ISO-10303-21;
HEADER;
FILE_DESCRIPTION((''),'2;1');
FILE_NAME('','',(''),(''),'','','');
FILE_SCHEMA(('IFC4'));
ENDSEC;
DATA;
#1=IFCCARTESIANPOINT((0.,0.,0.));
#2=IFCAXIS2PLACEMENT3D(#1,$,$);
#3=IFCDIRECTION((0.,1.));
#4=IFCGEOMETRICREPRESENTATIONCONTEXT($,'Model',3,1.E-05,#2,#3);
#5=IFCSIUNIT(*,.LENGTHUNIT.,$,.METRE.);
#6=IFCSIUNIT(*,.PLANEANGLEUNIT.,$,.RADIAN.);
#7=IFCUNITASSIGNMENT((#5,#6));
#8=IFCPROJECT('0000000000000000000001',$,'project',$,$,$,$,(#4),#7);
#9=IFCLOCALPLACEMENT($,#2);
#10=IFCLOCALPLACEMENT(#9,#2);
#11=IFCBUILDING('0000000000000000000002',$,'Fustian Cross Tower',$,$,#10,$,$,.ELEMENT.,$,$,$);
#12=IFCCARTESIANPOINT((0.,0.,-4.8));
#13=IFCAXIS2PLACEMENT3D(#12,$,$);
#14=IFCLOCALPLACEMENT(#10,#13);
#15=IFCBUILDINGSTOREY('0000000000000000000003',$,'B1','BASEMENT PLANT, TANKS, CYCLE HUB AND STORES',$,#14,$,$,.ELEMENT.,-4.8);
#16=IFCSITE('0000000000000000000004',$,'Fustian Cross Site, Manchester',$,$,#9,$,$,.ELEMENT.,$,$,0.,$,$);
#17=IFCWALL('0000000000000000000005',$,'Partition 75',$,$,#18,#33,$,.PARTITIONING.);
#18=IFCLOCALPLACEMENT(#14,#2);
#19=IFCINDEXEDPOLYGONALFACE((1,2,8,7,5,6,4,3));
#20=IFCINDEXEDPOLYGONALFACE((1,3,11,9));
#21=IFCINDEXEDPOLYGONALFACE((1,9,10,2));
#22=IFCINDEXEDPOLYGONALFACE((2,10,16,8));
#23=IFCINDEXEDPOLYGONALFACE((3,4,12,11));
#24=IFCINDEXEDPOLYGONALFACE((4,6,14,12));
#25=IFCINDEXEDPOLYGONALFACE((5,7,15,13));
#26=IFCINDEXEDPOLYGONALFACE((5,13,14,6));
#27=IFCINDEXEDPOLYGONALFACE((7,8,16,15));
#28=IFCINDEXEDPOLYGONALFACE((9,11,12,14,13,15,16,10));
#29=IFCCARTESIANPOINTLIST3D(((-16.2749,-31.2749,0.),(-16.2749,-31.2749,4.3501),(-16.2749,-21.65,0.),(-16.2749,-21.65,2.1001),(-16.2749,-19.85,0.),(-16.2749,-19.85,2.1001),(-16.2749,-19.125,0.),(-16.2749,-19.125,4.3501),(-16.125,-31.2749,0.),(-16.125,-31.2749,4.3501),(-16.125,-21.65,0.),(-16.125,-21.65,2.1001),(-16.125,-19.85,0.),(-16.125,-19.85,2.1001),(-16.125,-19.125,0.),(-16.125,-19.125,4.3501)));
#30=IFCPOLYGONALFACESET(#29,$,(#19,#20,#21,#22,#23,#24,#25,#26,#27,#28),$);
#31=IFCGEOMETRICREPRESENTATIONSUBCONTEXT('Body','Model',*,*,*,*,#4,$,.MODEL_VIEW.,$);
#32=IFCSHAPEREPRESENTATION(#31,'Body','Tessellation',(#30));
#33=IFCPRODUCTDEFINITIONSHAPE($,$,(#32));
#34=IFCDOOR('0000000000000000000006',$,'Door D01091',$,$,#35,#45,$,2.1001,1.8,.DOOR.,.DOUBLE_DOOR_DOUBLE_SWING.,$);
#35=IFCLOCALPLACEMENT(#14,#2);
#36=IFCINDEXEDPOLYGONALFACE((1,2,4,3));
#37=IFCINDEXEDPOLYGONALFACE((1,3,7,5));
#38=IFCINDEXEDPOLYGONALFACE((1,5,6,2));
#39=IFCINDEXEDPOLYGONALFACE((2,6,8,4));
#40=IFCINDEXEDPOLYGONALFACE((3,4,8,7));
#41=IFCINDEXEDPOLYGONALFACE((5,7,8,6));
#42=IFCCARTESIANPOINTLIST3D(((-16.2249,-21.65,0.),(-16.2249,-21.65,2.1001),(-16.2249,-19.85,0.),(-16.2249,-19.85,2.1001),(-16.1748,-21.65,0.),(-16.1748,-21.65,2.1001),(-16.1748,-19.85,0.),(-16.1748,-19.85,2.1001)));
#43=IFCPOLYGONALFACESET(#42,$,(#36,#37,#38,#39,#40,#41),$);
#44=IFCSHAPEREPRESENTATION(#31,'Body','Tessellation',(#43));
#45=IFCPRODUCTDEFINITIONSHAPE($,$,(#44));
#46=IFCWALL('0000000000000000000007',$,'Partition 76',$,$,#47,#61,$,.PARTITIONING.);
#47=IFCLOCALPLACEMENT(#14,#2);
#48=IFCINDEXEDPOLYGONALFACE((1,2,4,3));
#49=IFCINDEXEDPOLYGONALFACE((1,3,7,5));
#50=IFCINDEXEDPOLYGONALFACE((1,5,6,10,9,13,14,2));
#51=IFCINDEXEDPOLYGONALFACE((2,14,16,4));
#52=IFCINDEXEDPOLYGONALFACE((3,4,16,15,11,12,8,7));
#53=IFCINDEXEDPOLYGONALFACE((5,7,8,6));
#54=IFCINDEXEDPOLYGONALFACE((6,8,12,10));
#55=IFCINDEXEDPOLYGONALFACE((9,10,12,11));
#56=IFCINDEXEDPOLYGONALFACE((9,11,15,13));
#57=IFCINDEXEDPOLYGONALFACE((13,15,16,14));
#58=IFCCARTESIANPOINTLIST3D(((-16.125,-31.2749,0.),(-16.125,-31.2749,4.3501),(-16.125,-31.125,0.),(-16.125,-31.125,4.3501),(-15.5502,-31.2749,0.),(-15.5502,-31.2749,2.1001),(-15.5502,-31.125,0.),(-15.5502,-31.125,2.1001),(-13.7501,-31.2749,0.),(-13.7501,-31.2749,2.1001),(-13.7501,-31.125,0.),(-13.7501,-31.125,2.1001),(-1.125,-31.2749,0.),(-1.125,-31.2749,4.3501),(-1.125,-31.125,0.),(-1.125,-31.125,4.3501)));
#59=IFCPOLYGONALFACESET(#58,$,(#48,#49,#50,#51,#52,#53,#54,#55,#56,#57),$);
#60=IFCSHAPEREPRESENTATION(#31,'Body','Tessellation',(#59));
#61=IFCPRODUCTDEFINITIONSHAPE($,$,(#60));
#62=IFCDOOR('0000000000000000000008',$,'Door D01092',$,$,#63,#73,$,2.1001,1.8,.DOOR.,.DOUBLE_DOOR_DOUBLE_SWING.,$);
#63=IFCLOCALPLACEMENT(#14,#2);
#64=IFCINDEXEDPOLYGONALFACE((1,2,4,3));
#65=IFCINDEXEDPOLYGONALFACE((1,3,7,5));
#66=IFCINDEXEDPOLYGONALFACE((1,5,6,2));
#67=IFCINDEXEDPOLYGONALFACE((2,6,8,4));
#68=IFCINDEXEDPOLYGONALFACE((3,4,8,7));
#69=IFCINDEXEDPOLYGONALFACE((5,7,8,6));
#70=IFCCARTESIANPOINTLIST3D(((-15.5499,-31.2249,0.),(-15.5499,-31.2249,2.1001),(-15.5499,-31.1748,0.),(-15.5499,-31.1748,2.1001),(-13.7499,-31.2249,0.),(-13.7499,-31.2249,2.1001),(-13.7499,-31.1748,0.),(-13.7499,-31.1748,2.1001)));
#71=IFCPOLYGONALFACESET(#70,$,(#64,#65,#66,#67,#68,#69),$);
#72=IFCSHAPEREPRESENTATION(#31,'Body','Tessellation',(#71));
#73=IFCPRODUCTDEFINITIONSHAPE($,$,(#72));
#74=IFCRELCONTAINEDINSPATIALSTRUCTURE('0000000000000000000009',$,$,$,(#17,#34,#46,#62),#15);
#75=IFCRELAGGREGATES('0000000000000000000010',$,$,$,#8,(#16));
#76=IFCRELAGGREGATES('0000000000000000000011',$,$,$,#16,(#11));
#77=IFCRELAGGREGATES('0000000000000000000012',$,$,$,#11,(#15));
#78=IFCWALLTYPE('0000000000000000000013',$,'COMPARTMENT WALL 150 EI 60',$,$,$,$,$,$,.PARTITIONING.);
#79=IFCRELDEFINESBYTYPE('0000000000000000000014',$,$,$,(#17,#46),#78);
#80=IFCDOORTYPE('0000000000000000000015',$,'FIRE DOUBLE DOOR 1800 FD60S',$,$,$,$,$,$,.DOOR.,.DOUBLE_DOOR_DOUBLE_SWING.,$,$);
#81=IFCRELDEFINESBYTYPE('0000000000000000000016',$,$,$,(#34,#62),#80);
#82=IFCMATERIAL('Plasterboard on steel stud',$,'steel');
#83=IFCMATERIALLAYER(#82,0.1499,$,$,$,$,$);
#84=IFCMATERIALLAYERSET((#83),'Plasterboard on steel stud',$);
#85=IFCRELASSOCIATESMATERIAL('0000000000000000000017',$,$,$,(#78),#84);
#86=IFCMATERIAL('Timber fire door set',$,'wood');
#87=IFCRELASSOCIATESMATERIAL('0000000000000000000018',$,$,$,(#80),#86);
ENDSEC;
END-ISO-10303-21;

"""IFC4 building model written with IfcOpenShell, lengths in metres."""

from ifc_helpers import new_model, si_unit, direction, frame, frame_2d, origin, place, context, subcontext, project, spatial, rectangle, extrude, material, layer, layer_set, type_object, element, fill, save


model = new_model("IFC4")

# Units and contexts
model_context = context("Model", 3, precision=1e-05, world=origin(), true_north=direction((0.0, 1.0)))
body_context = subcontext(model_context, "Body", "Model", "MODEL_VIEW")
ifc_project = project(units=[si_unit("LENGTHUNIT", "METRE"), si_unit("PLANEANGLEUNIT", "RADIAN")], contexts=[model_context])

# Site, building, storey
site_placement = place(None, origin())
site = spatial("IfcSite", under=ifc_project, at=site_placement, Name="Fustian Cross Site, Manchester", CompositionType="ELEMENT", RefElevation=0.0)
building_placement = place(site_placement, origin())
building = spatial("IfcBuilding", under=site, at=building_placement, Name="Fustian Cross Tower", CompositionType="ELEMENT")
storey_placement = place(building_placement, frame((0.0, 0.0, -4.8)))
storey = spatial("IfcBuildingStorey", under=building, at=storey_placement, Name="B1", Description="BASEMENT PLANT, TANKS, CYCLE HUB AND STORES", CompositionType="ELEMENT", Elevation=-4.8)

# Walls, openings, doors
ifc_material_1 = material(Name="Plasterboard on steel stud", Category="steel")
ifc_layer = layer(ifc_material_1, 0.1499)
ifc_layer_set = layer_set([ifc_layer], Name="Plasterboard on steel stud")
wall_type = type_object("IfcWallType", Name="COMPARTMENT WALL 150 EI 60", PredefinedType="PARTITIONING", material=ifc_layer_set)
ifc_material_2 = material(Name="Timber fire door set", Category="wood")
door_type_1 = type_object("IfcDoorType", Name="FIRE DOUBLE DOOR 1800 FD60S", OperationType="DOUBLE_DOOR_DOUBLE_SWING", PredefinedType="DOOR", material=ifc_material_2)
wall_1_placement = place(storey_placement, frame((-16.2, -31.2749, 0.0), z_axis=(0.0, 0.0, 1.0), x_axis=(0.0, 1.0, 0.0)))
wall_1 = element("IfcWall", 1, at=wall_1_placement, inside=storey, type_object=wall_type, Name="Partition 75", PredefinedType="PARTITIONING", context=body_context, shape_type="SweptSolid", body=[
    extrude(rectangle(XDim=12.1499, YDim=0.1499, at=frame_2d((6.075, 0.0))), origin(), (0.0, 0.0, 1.0), 4.3501),
])
opening_1_placement = place(wall_1_placement, frame((9.625, 0.0, 0.0)))
opening_1 = element("IfcOpeningElement", 2, at=opening_1_placement, cuts=wall_1, PredefinedType="OPENING", context=body_context, shape_type="SweptSolid", body=[
    extrude(rectangle(XDim=1.8, YDim=2.1001, at=frame_2d((0.8999, 1.05))), frame((0.0, 0.085, 0.0), z_axis=(0.0, -1.0, 0.0), x_axis=(1.0, 0.0, 0.0)), (0.0, 0.0, 1.0), 0.1699),
])
door_1_placement = place(opening_1_placement, origin())
door_1 = element("IfcDoor", 3, at=door_1_placement, inside=storey, type_object=door_type_1, Name="Door D01091", OperationType="DOUBLE_DOOR_DOUBLE_SWING", OverallHeight=2.1001, OverallWidth=1.8, PredefinedType="DOOR", context=body_context, shape_type="SweptSolid", body=[
    extrude(rectangle(XDim=1.8, YDim=2.1001, at=frame_2d((0.8999, 1.05))), frame((0.0, 0.0249, 0.0), z_axis=(0.0, -1.0, 0.0), x_axis=(1.0, 0.0, 0.0)), (0.0, 0.0, 1.0), 0.05),
])
fill(opening_1, door_1)
wall_2_placement = place(storey_placement, frame((-16.125, -31.2, 0.0), z_axis=(0.0, 0.0, 1.0), x_axis=(1.0, 0.0, 0.0)))
wall_2 = element("IfcWall", 4, at=wall_2_placement, inside=storey, type_object=wall_type, Name="Partition 76", PredefinedType="PARTITIONING", context=body_context, shape_type="SweptSolid", body=[
    extrude(rectangle(XDim=15.0, YDim=0.1499, at=frame_2d((7.5, 0.0))), origin(), (0.0, 0.0, 1.0), 4.3501),
])
opening_2_placement = place(wall_2_placement, frame((0.575, 0.0, 0.0)))
opening_2 = element("IfcOpeningElement", 5, at=opening_2_placement, cuts=wall_2, PredefinedType="OPENING", context=body_context, shape_type="SweptSolid", body=[
    extrude(rectangle(XDim=1.8, YDim=2.1001, at=frame_2d((0.8999, 1.05))), frame((0.0, 0.085, 0.0), z_axis=(0.0, -1.0, 0.0), x_axis=(1.0, 0.0, 0.0)), (0.0, 0.0, 1.0), 0.1699),
])
door_2_placement = place(opening_2_placement, frame((1.8, 0.0, 0.0), z_axis=(0.0, 0.0, 1.0), x_axis=(-1.0, 0.0, 0.0)))
door_2 = element("IfcDoor", 6, at=door_2_placement, inside=storey, type_object=door_type_1, Name="Door D01092", OperationType="DOUBLE_DOOR_DOUBLE_SWING", OverallHeight=2.1001, OverallWidth=1.8, PredefinedType="DOOR", context=body_context, shape_type="SweptSolid", body=[
    extrude(rectangle(XDim=1.8, YDim=2.1001, at=frame_2d((0.8999, 1.05))), frame((0.0, 0.0249, 0.0), z_axis=(0.0, -1.0, 0.0), x_axis=(1.0, 0.0, 0.0)), (0.0, 0.0, 1.0), 0.05),
])
fill(opening_2, door_2)

save(model, "model.ifc")
